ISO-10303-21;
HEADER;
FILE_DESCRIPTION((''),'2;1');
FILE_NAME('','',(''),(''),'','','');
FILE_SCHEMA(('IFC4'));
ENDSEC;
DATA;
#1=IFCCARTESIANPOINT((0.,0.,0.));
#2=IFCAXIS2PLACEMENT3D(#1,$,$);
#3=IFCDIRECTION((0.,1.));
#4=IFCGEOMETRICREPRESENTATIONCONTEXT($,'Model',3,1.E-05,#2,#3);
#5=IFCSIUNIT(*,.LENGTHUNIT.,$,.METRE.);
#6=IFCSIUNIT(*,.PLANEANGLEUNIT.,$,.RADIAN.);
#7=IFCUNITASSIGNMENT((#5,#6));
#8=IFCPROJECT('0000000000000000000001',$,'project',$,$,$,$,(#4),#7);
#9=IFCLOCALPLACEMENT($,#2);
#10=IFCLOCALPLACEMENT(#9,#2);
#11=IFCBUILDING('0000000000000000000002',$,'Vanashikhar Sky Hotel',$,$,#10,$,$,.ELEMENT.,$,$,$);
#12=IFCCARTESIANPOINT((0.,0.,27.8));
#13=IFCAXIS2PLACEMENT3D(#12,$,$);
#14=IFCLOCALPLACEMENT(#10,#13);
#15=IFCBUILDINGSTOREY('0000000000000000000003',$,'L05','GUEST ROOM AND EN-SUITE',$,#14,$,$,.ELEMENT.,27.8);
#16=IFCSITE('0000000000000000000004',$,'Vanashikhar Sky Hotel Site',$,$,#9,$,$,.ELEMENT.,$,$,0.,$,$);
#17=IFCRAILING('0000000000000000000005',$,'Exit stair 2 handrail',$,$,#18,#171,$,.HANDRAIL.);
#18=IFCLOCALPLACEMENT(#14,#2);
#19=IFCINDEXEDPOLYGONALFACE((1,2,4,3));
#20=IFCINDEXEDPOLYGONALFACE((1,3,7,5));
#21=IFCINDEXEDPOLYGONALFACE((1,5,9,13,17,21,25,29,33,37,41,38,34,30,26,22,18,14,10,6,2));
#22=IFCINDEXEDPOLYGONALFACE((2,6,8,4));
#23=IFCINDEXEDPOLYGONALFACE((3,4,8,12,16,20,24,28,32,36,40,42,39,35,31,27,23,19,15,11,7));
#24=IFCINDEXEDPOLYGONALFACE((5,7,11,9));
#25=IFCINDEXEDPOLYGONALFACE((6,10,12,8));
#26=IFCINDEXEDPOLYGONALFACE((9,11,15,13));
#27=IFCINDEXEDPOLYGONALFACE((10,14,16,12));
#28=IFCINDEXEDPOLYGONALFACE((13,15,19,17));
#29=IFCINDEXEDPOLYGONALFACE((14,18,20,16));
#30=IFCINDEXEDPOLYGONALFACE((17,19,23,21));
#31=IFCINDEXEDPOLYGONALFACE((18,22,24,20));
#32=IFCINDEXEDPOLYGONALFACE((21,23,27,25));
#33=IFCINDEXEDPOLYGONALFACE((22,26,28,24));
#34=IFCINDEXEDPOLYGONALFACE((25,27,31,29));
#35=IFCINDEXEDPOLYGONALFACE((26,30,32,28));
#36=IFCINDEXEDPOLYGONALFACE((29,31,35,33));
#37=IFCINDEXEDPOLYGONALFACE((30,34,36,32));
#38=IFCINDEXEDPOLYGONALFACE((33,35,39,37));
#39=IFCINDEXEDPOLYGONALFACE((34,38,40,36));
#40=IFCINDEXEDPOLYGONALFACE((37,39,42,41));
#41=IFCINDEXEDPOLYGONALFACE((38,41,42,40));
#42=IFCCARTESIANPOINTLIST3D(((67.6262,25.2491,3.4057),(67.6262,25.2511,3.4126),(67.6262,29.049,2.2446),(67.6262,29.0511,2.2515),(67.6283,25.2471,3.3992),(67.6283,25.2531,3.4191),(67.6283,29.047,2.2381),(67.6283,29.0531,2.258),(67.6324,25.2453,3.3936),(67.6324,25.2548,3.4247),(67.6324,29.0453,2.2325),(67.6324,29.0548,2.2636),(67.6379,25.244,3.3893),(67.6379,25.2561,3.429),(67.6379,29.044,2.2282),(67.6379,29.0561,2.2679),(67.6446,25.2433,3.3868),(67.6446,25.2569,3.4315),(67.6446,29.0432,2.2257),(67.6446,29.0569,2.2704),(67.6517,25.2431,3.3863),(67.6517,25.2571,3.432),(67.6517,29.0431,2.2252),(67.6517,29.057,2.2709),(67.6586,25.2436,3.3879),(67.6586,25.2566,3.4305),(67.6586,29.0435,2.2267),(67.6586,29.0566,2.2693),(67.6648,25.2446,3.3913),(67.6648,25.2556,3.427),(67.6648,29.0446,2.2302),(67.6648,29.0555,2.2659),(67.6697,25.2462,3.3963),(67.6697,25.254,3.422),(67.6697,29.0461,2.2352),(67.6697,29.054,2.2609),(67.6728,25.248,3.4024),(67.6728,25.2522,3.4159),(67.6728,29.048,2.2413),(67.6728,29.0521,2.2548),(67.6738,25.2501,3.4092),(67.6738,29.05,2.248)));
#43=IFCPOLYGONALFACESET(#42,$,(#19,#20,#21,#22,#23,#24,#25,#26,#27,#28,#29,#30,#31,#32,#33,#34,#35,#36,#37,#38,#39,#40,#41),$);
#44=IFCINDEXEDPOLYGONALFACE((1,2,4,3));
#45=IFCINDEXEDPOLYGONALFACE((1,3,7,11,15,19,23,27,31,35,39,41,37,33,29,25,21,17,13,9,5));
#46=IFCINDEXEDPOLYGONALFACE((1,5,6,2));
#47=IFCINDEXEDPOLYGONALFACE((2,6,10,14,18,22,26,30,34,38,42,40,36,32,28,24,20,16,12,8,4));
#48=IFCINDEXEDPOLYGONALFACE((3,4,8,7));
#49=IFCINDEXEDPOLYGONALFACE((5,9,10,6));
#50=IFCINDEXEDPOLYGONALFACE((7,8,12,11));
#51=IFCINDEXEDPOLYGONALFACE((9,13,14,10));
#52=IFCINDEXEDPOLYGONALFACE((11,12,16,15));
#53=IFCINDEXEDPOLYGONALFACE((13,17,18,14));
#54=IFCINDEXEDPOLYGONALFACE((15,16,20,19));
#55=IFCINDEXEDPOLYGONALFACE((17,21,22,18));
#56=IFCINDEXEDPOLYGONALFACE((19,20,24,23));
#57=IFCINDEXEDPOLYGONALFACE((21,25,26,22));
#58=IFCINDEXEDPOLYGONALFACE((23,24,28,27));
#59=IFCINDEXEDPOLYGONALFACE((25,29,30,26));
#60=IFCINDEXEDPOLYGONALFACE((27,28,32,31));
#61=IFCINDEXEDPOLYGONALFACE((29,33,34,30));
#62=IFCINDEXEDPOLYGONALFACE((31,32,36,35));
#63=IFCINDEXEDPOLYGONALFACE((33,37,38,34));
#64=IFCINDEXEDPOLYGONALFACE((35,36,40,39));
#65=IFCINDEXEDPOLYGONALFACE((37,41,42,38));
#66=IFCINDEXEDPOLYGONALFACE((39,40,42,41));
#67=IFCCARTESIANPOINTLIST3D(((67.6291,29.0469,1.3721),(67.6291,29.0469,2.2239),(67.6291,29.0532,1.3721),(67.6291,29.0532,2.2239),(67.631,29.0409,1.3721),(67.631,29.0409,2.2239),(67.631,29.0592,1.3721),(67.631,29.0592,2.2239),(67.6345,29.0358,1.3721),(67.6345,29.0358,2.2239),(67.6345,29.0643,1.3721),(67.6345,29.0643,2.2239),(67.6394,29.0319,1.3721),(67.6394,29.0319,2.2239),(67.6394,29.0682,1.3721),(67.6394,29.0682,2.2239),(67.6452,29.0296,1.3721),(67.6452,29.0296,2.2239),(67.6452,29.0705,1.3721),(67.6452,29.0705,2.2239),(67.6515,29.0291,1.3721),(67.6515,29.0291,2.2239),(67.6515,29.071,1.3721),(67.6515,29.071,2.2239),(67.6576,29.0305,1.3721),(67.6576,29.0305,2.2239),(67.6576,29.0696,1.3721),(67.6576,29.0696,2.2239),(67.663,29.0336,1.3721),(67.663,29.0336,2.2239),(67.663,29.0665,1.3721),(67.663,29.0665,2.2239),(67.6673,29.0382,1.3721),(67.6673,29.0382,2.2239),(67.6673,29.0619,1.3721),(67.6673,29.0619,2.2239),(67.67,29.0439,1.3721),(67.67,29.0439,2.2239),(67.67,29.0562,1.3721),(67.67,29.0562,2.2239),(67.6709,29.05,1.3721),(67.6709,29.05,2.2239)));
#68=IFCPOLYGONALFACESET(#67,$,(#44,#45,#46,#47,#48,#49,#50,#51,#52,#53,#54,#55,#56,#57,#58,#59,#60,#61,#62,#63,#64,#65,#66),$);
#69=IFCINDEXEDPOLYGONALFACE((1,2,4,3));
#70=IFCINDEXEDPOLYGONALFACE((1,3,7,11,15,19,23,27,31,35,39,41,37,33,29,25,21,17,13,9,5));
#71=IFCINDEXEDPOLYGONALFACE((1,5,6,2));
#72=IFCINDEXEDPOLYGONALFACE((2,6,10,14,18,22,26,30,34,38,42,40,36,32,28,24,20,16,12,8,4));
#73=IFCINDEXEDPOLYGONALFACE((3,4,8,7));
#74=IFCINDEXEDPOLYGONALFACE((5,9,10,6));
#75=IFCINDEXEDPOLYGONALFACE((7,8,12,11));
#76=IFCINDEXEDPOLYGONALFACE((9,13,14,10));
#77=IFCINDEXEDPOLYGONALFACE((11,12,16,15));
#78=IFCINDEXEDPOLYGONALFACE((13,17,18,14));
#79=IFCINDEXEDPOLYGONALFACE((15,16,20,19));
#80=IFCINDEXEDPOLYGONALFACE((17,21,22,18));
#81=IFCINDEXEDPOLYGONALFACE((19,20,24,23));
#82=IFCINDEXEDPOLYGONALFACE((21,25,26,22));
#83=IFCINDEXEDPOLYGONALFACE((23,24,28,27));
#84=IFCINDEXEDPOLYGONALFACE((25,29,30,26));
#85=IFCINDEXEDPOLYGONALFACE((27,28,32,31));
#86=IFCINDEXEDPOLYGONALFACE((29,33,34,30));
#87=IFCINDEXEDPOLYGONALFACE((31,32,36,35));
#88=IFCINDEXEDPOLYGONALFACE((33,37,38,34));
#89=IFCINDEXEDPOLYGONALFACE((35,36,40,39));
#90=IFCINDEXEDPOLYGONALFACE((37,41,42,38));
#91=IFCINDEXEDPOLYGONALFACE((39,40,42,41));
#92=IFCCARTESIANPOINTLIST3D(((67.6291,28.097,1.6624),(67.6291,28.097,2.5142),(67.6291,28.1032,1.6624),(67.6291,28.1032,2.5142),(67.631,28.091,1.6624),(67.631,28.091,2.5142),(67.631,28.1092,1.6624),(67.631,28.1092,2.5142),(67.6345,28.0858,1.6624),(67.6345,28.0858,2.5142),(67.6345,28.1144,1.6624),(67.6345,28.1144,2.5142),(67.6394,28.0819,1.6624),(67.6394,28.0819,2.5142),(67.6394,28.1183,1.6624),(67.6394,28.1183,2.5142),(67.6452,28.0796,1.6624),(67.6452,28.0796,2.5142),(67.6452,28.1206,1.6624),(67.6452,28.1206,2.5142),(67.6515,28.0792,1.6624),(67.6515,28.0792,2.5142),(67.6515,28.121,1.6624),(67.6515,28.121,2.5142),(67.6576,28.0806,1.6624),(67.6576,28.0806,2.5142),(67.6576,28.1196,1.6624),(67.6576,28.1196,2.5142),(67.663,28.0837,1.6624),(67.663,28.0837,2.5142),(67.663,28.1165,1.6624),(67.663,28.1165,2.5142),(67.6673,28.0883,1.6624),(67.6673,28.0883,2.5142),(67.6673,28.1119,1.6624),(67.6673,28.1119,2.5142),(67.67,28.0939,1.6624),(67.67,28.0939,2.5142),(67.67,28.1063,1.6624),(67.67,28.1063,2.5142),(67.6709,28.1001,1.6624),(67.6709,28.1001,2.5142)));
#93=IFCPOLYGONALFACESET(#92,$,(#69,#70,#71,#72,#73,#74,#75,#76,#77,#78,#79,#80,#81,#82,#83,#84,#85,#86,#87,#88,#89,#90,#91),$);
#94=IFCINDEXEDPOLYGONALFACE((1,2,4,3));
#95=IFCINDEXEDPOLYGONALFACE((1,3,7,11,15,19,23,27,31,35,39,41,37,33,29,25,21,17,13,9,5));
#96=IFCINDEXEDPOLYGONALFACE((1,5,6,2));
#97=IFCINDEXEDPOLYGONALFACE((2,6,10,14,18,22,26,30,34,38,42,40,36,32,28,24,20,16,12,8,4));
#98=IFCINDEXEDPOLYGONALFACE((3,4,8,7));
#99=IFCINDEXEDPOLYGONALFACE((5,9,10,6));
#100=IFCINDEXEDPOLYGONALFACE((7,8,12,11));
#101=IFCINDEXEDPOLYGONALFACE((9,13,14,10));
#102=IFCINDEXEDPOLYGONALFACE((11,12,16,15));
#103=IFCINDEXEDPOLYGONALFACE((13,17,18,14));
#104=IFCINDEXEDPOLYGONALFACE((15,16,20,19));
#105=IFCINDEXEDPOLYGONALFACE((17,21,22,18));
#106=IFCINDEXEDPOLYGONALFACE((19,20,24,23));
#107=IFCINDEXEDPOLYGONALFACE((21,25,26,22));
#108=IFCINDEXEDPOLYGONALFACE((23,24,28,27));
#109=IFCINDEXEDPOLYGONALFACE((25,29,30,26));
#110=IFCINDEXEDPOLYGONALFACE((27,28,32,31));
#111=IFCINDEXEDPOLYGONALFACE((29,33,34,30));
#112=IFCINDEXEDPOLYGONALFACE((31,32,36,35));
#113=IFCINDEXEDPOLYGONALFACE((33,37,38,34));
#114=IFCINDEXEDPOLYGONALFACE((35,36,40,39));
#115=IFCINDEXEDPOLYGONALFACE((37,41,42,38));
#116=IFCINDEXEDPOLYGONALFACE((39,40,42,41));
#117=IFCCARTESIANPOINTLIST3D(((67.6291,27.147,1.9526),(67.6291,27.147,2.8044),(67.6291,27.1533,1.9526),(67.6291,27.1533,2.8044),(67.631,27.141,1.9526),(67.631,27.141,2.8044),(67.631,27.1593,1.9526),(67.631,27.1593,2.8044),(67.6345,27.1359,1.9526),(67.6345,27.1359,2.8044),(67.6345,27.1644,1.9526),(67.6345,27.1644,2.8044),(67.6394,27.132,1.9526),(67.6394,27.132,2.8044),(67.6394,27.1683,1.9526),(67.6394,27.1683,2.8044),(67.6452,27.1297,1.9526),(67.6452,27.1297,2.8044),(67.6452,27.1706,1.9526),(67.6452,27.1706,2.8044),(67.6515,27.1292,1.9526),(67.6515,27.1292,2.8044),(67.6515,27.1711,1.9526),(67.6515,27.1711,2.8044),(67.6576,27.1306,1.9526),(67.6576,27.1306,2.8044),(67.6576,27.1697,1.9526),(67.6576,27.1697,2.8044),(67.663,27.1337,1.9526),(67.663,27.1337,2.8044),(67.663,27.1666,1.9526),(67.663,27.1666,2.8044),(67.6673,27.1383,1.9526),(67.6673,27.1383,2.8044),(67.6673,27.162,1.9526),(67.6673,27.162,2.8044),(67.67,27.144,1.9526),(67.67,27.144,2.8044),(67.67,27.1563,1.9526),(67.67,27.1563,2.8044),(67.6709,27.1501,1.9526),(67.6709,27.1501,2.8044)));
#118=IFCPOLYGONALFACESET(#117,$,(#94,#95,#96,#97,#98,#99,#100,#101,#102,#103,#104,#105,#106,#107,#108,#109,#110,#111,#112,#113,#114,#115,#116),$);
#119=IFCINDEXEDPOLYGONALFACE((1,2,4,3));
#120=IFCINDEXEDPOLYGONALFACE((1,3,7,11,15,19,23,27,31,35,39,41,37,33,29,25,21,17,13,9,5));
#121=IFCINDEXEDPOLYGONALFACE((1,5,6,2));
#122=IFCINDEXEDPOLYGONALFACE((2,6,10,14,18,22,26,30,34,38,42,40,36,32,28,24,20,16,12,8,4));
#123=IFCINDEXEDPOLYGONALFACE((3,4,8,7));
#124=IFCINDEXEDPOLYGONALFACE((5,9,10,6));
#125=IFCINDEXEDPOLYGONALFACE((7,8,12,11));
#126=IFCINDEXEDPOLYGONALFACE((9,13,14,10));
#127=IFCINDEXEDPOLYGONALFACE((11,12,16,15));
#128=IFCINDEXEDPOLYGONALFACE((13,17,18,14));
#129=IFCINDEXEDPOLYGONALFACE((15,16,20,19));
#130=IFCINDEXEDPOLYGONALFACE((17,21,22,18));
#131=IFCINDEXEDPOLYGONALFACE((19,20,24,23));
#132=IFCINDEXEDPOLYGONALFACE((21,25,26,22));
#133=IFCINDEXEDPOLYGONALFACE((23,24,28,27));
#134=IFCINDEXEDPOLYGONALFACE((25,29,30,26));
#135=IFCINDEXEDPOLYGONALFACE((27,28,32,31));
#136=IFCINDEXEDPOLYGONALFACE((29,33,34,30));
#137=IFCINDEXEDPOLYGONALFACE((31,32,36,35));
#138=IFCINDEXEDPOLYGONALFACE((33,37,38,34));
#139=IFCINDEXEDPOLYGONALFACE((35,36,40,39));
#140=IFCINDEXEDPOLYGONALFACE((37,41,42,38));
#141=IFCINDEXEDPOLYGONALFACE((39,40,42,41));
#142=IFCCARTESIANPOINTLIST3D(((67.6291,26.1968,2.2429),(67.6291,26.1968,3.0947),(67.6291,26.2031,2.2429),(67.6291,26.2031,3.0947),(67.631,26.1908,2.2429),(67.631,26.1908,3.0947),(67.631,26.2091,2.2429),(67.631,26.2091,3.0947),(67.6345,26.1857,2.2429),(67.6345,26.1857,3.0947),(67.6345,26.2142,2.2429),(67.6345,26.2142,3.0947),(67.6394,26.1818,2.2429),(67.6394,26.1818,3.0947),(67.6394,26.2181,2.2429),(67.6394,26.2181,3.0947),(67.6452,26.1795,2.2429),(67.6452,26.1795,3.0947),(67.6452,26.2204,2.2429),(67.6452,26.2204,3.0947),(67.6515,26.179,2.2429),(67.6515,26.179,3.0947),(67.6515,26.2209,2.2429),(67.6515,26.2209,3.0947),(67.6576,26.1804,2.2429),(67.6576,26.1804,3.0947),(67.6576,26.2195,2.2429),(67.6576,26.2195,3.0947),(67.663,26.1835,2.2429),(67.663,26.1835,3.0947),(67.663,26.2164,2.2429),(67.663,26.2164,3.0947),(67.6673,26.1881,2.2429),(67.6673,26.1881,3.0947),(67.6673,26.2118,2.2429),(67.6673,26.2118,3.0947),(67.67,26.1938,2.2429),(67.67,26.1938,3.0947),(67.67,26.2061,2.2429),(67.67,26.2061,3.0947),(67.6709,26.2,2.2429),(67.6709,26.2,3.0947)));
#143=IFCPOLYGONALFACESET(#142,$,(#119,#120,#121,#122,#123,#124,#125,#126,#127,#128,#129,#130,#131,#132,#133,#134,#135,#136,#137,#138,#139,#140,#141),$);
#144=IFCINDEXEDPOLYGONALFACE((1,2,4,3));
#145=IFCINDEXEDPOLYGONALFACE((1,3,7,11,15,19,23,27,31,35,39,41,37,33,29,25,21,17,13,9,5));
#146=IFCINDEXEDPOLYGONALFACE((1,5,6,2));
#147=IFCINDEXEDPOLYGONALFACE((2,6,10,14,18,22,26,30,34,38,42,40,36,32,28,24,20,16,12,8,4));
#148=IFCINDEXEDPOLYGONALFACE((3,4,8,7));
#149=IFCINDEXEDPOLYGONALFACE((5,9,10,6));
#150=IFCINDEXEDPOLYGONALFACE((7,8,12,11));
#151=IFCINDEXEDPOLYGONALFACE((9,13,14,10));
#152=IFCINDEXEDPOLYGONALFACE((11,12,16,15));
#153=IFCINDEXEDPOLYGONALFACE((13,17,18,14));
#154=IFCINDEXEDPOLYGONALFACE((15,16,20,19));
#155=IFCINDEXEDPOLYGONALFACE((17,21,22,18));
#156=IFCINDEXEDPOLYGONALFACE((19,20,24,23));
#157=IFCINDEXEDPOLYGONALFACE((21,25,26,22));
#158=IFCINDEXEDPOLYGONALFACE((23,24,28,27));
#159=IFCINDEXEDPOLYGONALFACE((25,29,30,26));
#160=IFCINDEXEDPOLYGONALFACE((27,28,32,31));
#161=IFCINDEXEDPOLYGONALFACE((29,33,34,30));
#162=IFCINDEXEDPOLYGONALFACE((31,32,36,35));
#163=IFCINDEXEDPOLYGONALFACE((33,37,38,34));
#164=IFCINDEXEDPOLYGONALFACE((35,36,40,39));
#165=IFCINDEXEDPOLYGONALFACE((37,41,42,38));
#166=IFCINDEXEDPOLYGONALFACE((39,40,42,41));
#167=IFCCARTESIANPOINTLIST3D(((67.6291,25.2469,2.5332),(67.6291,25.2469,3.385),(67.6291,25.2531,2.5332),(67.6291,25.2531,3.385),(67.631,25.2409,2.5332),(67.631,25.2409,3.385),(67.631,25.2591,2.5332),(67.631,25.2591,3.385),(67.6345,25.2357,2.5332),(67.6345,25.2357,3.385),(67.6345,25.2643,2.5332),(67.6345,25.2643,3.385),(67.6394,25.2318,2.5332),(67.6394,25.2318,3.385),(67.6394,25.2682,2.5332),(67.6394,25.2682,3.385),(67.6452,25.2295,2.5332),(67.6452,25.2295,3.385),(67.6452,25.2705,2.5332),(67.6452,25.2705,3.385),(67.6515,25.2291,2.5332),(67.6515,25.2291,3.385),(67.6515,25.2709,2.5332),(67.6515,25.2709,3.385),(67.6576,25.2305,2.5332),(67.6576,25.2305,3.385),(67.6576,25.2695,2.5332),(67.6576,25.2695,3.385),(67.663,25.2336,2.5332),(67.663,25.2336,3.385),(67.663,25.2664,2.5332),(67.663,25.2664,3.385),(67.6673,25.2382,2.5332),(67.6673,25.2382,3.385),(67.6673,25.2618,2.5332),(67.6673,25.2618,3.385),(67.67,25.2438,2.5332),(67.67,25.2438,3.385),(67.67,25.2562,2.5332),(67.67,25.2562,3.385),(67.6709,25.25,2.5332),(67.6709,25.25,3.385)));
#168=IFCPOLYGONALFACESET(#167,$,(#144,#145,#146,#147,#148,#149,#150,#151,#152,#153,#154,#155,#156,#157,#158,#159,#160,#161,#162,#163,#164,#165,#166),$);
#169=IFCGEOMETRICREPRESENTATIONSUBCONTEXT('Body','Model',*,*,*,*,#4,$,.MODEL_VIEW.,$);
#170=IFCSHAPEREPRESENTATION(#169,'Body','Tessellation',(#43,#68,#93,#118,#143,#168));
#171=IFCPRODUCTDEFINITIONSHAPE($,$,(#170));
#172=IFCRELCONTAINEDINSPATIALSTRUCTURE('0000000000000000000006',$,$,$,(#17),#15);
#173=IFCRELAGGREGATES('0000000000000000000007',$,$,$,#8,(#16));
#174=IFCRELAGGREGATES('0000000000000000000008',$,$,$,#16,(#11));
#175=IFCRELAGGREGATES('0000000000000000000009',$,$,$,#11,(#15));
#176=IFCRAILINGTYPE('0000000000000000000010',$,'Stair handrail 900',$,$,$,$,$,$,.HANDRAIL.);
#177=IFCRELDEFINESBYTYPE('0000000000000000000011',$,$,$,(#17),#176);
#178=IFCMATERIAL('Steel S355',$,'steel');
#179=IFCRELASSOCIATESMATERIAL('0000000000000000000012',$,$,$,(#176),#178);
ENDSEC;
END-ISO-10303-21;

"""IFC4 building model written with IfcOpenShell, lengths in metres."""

from ifc_helpers import new_model, si_unit, direction, frame, origin, origin_2d, place, context, subcontext, project, spatial, circle, extrude, source, transform, mapped, material, type_object, element, save


model = new_model("IFC4")

# Units and contexts
model_context = context("Model", 3, precision=1e-05, world=origin(), true_north=direction((0.0, 1.0)))
body_context = subcontext(model_context, "Body", "Model", "MODEL_VIEW")
ifc_project = project(units=[si_unit("LENGTHUNIT", "METRE"), si_unit("PLANEANGLEUNIT", "RADIAN")], contexts=[model_context])

# Site, building, storey
site_placement = place(None, origin())
site = spatial("IfcSite", under=ifc_project, at=site_placement, Name="Vanashikhar Sky Hotel Site", CompositionType="ELEMENT", RefElevation=0.0)
building_placement = place(site_placement, origin())
building = spatial("IfcBuilding", under=site, at=building_placement, Name="Vanashikhar Sky Hotel", CompositionType="ELEMENT")
storey_placement = place(building_placement, frame((0.0, 0.0, 27.8)))
storey = spatial("IfcBuildingStorey", under=building, at=storey_placement, Name="L05", Description="GUEST ROOM AND EN-SUITE", CompositionType="ELEMENT", Elevation=27.8)

# Railing
ifc_material_1 = material(Name="Steel S355", Category="steel")
railing_type_1 = type_object("IfcRailingType", Name="Stair handrail 900", PredefinedType="HANDRAIL", material=ifc_material_1)
shared_shape_1 = source(origin(), body_context, "Body", "SweptSolid", [
    extrude(circle(Radius=0.0239, at=origin_2d()), frame((0.0, 0.0, 0.876), z_axis=(0.0, -0.956351, 0.29222), x_axis=(1.0, 0.0, 0.0)), (0.0, 0.0, 1.0), 3.9734),
    extrude(circle(Radius=0.021, at=origin_2d()), origin(), (0.0, 0.0, 1.0), 0.8518),
    extrude(circle(Radius=0.021, at=origin_2d()), frame((0.0, -0.95, 0.2903)), (0.0, 0.0, 1.0), 0.8518),
    extrude(circle(Radius=0.021, at=origin_2d()), frame((0.0, -1.8999, 0.5806)), (0.0, 0.0, 1.0), 0.8518),
    extrude(circle(Radius=0.021, at=origin_2d()), frame((0.0, -2.8501, 0.8708)), (0.0, 0.0, 1.0), 0.8518),
    extrude(circle(Radius=0.021, at=origin_2d()), frame((0.0, -3.8, 1.1611)), (0.0, 0.0, 1.0), 0.8518),
])
for number, where, name in (
    (1, (67.6499, 29.05, 1.3721), "Exit stair 2 handrail"),
):
    element("IfcRailing", number, at=place(storey_placement, frame(where)), inside=storey, type_object=railing_type_1, Name=name, PredefinedType="HANDRAIL", context=body_context, shape_type="MappedRepresentation", body=[
        mapped(shared_shape_1, transform((0.0, 0.0, 0.0), scale=1.0)),
    ])

save(model, "model.ifc")
